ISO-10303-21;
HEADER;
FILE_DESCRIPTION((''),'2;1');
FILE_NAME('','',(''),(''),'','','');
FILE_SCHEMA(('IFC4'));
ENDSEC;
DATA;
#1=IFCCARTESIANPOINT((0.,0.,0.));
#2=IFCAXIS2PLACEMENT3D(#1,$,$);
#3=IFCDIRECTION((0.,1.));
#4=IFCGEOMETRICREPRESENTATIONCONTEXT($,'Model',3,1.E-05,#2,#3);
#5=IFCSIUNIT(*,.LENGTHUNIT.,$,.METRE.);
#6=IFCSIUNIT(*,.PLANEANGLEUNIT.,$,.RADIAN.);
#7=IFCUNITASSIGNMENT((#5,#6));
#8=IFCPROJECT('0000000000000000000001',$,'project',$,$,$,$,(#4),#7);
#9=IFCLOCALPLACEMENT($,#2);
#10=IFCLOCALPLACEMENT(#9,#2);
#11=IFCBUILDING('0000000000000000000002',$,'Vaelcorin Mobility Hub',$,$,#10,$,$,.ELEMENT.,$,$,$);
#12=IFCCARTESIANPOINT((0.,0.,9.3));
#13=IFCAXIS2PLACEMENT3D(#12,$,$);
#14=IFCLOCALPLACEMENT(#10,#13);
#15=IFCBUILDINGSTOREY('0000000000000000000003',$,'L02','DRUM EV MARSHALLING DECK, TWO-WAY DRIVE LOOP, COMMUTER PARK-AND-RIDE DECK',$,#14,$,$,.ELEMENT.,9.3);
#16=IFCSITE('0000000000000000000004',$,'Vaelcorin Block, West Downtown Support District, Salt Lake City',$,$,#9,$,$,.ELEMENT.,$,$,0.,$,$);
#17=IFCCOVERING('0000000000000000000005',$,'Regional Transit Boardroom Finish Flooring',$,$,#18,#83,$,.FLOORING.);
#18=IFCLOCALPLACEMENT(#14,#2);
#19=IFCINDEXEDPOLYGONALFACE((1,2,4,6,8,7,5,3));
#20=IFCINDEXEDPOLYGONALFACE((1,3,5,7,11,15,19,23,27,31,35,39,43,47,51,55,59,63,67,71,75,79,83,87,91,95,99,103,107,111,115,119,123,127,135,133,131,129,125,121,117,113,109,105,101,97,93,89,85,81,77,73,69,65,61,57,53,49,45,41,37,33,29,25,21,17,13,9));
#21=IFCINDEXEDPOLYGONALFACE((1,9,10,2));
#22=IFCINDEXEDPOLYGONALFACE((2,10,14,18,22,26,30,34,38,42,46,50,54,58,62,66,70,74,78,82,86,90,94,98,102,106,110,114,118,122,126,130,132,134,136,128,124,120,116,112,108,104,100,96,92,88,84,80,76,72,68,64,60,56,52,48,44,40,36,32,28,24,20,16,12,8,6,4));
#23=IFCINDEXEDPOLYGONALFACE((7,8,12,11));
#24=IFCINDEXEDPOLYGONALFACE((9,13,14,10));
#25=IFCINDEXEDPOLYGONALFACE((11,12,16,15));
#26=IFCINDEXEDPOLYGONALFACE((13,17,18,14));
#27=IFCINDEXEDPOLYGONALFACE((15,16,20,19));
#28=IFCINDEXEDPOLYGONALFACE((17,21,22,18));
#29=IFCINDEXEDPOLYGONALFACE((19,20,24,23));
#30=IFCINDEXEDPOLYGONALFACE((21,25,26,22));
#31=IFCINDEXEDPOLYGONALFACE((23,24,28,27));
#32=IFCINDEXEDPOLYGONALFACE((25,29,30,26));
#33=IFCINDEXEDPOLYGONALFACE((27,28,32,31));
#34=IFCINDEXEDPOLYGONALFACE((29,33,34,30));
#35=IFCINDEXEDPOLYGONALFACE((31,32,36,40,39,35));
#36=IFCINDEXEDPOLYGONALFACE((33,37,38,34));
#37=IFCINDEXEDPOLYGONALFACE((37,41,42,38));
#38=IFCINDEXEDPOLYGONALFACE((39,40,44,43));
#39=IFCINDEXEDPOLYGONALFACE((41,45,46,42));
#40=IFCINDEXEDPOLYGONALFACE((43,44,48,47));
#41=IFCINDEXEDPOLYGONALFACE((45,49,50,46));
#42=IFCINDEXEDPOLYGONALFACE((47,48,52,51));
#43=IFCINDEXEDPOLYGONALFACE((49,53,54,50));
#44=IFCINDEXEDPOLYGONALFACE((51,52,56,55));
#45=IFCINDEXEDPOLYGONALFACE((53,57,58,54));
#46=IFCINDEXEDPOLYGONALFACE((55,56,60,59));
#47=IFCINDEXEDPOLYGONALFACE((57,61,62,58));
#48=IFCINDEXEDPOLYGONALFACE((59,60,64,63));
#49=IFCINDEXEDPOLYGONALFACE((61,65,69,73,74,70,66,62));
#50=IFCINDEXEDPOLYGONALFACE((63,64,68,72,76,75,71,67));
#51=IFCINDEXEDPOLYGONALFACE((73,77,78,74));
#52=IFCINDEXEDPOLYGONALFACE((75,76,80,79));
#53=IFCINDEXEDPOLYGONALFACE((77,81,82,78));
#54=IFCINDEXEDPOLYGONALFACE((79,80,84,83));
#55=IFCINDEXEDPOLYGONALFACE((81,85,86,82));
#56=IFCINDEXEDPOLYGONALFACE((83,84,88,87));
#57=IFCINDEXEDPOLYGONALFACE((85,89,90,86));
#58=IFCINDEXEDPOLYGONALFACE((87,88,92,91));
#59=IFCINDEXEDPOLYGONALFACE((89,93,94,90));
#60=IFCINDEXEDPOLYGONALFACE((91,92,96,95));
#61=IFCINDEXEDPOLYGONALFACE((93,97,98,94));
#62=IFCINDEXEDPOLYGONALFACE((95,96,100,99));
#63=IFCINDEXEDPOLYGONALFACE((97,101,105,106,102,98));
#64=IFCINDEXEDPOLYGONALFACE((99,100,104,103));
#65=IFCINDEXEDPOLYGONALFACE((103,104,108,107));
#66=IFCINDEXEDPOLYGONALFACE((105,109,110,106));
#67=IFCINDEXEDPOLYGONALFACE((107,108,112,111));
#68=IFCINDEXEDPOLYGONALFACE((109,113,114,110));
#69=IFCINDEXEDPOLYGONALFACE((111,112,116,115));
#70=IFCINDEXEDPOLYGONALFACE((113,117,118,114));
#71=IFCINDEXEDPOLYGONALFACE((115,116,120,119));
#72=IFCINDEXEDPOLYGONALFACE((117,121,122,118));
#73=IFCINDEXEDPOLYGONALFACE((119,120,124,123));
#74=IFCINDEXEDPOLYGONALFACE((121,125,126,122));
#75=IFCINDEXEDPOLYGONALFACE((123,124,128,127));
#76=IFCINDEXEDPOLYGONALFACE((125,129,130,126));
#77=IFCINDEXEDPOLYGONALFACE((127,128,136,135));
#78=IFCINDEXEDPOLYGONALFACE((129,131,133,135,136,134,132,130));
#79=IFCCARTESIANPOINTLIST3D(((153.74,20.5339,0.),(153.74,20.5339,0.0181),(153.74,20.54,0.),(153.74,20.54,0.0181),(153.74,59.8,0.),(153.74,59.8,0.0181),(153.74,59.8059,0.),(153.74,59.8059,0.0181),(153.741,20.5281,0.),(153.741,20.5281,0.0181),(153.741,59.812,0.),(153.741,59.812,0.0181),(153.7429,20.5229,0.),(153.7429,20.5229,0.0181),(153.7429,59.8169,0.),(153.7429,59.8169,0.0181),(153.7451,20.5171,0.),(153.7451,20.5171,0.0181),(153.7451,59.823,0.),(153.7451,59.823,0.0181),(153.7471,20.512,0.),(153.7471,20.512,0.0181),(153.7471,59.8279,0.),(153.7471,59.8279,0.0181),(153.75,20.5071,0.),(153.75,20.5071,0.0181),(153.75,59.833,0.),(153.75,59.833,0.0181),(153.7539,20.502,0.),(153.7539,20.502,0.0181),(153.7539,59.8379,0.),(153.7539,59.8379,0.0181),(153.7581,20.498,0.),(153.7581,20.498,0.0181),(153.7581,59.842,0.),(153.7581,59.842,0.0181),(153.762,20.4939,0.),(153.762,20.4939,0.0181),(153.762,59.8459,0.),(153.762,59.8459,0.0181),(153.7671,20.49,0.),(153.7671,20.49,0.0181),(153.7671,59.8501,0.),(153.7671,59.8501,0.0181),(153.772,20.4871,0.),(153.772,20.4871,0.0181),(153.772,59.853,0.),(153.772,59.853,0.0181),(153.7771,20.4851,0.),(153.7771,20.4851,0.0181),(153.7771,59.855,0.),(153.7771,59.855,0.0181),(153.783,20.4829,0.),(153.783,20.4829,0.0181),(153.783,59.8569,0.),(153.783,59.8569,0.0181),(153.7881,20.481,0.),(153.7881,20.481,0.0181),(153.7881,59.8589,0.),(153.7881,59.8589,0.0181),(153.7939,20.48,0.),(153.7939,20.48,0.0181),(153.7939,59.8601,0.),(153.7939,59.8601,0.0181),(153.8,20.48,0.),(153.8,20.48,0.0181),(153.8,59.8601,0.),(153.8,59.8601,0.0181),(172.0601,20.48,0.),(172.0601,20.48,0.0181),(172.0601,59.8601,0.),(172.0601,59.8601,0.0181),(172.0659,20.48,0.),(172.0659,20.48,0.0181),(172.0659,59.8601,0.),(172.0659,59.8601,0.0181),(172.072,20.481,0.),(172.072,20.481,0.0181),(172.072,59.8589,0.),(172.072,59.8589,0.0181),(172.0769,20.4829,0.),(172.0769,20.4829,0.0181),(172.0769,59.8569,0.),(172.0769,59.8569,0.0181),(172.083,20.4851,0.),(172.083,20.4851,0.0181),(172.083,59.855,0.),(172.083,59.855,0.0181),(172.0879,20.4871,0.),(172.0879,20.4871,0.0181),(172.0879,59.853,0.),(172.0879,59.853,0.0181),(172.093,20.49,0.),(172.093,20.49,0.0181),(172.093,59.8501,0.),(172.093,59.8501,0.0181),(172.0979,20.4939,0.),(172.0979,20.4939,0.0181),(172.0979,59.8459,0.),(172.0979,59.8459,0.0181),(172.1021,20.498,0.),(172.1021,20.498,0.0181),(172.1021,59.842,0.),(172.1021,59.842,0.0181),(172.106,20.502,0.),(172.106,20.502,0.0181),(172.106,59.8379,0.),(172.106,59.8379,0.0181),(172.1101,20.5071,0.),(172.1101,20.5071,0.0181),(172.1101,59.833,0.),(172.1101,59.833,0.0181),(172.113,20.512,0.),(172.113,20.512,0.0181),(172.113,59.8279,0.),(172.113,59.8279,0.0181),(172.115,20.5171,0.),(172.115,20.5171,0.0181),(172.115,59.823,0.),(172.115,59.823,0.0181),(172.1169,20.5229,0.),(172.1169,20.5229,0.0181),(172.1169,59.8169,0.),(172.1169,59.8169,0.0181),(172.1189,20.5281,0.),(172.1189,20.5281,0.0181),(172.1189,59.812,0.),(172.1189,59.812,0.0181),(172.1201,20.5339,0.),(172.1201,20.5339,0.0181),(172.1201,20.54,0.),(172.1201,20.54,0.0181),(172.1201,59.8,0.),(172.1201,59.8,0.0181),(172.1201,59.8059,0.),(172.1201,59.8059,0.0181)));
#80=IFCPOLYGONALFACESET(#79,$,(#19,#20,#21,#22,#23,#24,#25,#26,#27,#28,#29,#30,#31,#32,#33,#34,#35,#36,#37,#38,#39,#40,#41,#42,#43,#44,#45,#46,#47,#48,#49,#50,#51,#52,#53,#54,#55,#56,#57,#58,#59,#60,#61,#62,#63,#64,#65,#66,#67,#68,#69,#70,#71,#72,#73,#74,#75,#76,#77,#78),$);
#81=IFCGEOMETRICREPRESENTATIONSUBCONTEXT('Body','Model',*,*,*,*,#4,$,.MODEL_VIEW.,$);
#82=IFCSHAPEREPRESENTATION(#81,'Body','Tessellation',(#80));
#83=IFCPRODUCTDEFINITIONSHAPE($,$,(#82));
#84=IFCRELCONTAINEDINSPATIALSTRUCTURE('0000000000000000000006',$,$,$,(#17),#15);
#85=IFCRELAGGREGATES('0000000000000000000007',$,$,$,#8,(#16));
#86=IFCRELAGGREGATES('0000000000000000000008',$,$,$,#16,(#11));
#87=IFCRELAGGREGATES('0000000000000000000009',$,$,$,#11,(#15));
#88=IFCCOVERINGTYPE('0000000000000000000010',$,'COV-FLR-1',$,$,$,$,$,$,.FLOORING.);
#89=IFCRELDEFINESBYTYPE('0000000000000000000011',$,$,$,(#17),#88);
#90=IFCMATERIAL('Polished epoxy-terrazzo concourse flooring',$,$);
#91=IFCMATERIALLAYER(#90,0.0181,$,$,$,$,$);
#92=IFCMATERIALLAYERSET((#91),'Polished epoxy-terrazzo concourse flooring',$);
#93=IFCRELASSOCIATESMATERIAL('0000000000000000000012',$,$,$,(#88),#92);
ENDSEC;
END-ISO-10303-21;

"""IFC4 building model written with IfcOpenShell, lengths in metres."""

from ifc_helpers import new_model, si_unit, direction, frame, origin, place, context, subcontext, project, spatial, polyline, outline, extrude, material, layer, layer_set, type_object, element, save


model = new_model("IFC4")

# Units and contexts
model_context = context("Model", 3, precision=1e-05, world=origin(), true_north=direction((0.0, 1.0)))
body_context = subcontext(model_context, "Body", "Model", "MODEL_VIEW")
ifc_project = project(units=[si_unit("LENGTHUNIT", "METRE"), si_unit("PLANEANGLEUNIT", "RADIAN")], contexts=[model_context])

# Site, building, storey
site_placement = place(None, origin())
site = spatial("IfcSite", under=ifc_project, at=site_placement, Name="Vaelcorin Block, West Downtown Support District, Salt Lake City", CompositionType="ELEMENT", RefElevation=0.0)
building_placement = place(site_placement, origin())
building = spatial("IfcBuilding", under=site, at=building_placement, Name="Vaelcorin Mobility Hub", CompositionType="ELEMENT")
storey_placement = place(building_placement, frame((0.0, 0.0, 9.3)))
storey = spatial("IfcBuildingStorey", under=building, at=storey_placement, Name="L02", Description="DRUM EV MARSHALLING DECK, TWO-WAY DRIVE LOOP, COMMUTER PARK-AND-RIDE DECK", CompositionType="ELEMENT", Elevation=9.3)

# Covering
ifc_material_1 = material(Name="Polished epoxy-terrazzo concourse flooring")
ifc_layer_1 = layer(ifc_material_1, 0.0181)
ifc_layer_set_1 = layer_set([ifc_layer_1], Name="Polished epoxy-terrazzo concourse flooring")
covering_type = type_object("IfcCoveringType", Name="COV-FLR-1", PredefinedType="FLOORING", material=ifc_layer_set_1)
covering_placement = place(storey_placement, origin())
element("IfcCovering", 1, at=covering_placement, inside=storey, type_object=covering_type, Name="Regional Transit Boardroom Finish Flooring", PredefinedType="FLOORING", context=body_context, shape_type="SweptSolid", body=[
    extrude(outline(polyline([(153.8, 20.48), (153.7939, 20.48), (153.7881, 20.481), (153.783, 20.4829), (153.7771, 20.4851), (153.772, 20.4871), (153.7671, 20.49), (153.762, 20.4939), (153.7581, 20.498), (153.7539, 20.502), (153.75, 20.5071), (153.7471, 20.512), (153.7451, 20.5171), (153.7429, 20.5229), (153.741, 20.5281), (153.74, 20.5339), (153.74, 20.54), (153.74, 59.8), (153.74, 59.8059), (153.741, 59.812), (153.7429, 59.8169), (153.7451, 59.823), (153.7471, 59.8279), (153.75, 59.833), (153.7539, 59.8379), (153.7581, 59.842), (153.762, 59.8459), (153.7671, 59.8501), (153.772, 59.853), (153.7771, 59.855), (153.783, 59.8569), (153.7881, 59.8589), (153.7939, 59.8601), (153.8, 59.8601), (172.0601, 59.8601), (172.0659, 59.8601), (172.072, 59.8589), (172.0769, 59.8569), (172.083, 59.855), (172.0879, 59.853), (172.093, 59.8501), (172.0979, 59.8459), (172.1021, 59.842), (172.106, 59.8379), (172.1101, 59.833), (172.113, 59.8279), (172.115, 59.823), (172.1169, 59.8169), (172.1189, 59.812), (172.1201, 59.8059), (172.1201, 59.8), (172.1201, 20.54), (172.1201, 20.5339), (172.1189, 20.5281), (172.1169, 20.5229), (172.115, 20.5171), (172.113, 20.512), (172.1101, 20.5071), (172.106, 20.502), (172.1021, 20.498), (172.0979, 20.4939), (172.093, 20.49), (172.0879, 20.4871), (172.083, 20.4851), (172.0769, 20.4829), (172.072, 20.481), (172.0659, 20.48), (172.0601, 20.48), (153.8, 20.48)])), origin(), (0.0, 0.0, 1.0), 0.0181),
])

save(model, "model.ifc")
